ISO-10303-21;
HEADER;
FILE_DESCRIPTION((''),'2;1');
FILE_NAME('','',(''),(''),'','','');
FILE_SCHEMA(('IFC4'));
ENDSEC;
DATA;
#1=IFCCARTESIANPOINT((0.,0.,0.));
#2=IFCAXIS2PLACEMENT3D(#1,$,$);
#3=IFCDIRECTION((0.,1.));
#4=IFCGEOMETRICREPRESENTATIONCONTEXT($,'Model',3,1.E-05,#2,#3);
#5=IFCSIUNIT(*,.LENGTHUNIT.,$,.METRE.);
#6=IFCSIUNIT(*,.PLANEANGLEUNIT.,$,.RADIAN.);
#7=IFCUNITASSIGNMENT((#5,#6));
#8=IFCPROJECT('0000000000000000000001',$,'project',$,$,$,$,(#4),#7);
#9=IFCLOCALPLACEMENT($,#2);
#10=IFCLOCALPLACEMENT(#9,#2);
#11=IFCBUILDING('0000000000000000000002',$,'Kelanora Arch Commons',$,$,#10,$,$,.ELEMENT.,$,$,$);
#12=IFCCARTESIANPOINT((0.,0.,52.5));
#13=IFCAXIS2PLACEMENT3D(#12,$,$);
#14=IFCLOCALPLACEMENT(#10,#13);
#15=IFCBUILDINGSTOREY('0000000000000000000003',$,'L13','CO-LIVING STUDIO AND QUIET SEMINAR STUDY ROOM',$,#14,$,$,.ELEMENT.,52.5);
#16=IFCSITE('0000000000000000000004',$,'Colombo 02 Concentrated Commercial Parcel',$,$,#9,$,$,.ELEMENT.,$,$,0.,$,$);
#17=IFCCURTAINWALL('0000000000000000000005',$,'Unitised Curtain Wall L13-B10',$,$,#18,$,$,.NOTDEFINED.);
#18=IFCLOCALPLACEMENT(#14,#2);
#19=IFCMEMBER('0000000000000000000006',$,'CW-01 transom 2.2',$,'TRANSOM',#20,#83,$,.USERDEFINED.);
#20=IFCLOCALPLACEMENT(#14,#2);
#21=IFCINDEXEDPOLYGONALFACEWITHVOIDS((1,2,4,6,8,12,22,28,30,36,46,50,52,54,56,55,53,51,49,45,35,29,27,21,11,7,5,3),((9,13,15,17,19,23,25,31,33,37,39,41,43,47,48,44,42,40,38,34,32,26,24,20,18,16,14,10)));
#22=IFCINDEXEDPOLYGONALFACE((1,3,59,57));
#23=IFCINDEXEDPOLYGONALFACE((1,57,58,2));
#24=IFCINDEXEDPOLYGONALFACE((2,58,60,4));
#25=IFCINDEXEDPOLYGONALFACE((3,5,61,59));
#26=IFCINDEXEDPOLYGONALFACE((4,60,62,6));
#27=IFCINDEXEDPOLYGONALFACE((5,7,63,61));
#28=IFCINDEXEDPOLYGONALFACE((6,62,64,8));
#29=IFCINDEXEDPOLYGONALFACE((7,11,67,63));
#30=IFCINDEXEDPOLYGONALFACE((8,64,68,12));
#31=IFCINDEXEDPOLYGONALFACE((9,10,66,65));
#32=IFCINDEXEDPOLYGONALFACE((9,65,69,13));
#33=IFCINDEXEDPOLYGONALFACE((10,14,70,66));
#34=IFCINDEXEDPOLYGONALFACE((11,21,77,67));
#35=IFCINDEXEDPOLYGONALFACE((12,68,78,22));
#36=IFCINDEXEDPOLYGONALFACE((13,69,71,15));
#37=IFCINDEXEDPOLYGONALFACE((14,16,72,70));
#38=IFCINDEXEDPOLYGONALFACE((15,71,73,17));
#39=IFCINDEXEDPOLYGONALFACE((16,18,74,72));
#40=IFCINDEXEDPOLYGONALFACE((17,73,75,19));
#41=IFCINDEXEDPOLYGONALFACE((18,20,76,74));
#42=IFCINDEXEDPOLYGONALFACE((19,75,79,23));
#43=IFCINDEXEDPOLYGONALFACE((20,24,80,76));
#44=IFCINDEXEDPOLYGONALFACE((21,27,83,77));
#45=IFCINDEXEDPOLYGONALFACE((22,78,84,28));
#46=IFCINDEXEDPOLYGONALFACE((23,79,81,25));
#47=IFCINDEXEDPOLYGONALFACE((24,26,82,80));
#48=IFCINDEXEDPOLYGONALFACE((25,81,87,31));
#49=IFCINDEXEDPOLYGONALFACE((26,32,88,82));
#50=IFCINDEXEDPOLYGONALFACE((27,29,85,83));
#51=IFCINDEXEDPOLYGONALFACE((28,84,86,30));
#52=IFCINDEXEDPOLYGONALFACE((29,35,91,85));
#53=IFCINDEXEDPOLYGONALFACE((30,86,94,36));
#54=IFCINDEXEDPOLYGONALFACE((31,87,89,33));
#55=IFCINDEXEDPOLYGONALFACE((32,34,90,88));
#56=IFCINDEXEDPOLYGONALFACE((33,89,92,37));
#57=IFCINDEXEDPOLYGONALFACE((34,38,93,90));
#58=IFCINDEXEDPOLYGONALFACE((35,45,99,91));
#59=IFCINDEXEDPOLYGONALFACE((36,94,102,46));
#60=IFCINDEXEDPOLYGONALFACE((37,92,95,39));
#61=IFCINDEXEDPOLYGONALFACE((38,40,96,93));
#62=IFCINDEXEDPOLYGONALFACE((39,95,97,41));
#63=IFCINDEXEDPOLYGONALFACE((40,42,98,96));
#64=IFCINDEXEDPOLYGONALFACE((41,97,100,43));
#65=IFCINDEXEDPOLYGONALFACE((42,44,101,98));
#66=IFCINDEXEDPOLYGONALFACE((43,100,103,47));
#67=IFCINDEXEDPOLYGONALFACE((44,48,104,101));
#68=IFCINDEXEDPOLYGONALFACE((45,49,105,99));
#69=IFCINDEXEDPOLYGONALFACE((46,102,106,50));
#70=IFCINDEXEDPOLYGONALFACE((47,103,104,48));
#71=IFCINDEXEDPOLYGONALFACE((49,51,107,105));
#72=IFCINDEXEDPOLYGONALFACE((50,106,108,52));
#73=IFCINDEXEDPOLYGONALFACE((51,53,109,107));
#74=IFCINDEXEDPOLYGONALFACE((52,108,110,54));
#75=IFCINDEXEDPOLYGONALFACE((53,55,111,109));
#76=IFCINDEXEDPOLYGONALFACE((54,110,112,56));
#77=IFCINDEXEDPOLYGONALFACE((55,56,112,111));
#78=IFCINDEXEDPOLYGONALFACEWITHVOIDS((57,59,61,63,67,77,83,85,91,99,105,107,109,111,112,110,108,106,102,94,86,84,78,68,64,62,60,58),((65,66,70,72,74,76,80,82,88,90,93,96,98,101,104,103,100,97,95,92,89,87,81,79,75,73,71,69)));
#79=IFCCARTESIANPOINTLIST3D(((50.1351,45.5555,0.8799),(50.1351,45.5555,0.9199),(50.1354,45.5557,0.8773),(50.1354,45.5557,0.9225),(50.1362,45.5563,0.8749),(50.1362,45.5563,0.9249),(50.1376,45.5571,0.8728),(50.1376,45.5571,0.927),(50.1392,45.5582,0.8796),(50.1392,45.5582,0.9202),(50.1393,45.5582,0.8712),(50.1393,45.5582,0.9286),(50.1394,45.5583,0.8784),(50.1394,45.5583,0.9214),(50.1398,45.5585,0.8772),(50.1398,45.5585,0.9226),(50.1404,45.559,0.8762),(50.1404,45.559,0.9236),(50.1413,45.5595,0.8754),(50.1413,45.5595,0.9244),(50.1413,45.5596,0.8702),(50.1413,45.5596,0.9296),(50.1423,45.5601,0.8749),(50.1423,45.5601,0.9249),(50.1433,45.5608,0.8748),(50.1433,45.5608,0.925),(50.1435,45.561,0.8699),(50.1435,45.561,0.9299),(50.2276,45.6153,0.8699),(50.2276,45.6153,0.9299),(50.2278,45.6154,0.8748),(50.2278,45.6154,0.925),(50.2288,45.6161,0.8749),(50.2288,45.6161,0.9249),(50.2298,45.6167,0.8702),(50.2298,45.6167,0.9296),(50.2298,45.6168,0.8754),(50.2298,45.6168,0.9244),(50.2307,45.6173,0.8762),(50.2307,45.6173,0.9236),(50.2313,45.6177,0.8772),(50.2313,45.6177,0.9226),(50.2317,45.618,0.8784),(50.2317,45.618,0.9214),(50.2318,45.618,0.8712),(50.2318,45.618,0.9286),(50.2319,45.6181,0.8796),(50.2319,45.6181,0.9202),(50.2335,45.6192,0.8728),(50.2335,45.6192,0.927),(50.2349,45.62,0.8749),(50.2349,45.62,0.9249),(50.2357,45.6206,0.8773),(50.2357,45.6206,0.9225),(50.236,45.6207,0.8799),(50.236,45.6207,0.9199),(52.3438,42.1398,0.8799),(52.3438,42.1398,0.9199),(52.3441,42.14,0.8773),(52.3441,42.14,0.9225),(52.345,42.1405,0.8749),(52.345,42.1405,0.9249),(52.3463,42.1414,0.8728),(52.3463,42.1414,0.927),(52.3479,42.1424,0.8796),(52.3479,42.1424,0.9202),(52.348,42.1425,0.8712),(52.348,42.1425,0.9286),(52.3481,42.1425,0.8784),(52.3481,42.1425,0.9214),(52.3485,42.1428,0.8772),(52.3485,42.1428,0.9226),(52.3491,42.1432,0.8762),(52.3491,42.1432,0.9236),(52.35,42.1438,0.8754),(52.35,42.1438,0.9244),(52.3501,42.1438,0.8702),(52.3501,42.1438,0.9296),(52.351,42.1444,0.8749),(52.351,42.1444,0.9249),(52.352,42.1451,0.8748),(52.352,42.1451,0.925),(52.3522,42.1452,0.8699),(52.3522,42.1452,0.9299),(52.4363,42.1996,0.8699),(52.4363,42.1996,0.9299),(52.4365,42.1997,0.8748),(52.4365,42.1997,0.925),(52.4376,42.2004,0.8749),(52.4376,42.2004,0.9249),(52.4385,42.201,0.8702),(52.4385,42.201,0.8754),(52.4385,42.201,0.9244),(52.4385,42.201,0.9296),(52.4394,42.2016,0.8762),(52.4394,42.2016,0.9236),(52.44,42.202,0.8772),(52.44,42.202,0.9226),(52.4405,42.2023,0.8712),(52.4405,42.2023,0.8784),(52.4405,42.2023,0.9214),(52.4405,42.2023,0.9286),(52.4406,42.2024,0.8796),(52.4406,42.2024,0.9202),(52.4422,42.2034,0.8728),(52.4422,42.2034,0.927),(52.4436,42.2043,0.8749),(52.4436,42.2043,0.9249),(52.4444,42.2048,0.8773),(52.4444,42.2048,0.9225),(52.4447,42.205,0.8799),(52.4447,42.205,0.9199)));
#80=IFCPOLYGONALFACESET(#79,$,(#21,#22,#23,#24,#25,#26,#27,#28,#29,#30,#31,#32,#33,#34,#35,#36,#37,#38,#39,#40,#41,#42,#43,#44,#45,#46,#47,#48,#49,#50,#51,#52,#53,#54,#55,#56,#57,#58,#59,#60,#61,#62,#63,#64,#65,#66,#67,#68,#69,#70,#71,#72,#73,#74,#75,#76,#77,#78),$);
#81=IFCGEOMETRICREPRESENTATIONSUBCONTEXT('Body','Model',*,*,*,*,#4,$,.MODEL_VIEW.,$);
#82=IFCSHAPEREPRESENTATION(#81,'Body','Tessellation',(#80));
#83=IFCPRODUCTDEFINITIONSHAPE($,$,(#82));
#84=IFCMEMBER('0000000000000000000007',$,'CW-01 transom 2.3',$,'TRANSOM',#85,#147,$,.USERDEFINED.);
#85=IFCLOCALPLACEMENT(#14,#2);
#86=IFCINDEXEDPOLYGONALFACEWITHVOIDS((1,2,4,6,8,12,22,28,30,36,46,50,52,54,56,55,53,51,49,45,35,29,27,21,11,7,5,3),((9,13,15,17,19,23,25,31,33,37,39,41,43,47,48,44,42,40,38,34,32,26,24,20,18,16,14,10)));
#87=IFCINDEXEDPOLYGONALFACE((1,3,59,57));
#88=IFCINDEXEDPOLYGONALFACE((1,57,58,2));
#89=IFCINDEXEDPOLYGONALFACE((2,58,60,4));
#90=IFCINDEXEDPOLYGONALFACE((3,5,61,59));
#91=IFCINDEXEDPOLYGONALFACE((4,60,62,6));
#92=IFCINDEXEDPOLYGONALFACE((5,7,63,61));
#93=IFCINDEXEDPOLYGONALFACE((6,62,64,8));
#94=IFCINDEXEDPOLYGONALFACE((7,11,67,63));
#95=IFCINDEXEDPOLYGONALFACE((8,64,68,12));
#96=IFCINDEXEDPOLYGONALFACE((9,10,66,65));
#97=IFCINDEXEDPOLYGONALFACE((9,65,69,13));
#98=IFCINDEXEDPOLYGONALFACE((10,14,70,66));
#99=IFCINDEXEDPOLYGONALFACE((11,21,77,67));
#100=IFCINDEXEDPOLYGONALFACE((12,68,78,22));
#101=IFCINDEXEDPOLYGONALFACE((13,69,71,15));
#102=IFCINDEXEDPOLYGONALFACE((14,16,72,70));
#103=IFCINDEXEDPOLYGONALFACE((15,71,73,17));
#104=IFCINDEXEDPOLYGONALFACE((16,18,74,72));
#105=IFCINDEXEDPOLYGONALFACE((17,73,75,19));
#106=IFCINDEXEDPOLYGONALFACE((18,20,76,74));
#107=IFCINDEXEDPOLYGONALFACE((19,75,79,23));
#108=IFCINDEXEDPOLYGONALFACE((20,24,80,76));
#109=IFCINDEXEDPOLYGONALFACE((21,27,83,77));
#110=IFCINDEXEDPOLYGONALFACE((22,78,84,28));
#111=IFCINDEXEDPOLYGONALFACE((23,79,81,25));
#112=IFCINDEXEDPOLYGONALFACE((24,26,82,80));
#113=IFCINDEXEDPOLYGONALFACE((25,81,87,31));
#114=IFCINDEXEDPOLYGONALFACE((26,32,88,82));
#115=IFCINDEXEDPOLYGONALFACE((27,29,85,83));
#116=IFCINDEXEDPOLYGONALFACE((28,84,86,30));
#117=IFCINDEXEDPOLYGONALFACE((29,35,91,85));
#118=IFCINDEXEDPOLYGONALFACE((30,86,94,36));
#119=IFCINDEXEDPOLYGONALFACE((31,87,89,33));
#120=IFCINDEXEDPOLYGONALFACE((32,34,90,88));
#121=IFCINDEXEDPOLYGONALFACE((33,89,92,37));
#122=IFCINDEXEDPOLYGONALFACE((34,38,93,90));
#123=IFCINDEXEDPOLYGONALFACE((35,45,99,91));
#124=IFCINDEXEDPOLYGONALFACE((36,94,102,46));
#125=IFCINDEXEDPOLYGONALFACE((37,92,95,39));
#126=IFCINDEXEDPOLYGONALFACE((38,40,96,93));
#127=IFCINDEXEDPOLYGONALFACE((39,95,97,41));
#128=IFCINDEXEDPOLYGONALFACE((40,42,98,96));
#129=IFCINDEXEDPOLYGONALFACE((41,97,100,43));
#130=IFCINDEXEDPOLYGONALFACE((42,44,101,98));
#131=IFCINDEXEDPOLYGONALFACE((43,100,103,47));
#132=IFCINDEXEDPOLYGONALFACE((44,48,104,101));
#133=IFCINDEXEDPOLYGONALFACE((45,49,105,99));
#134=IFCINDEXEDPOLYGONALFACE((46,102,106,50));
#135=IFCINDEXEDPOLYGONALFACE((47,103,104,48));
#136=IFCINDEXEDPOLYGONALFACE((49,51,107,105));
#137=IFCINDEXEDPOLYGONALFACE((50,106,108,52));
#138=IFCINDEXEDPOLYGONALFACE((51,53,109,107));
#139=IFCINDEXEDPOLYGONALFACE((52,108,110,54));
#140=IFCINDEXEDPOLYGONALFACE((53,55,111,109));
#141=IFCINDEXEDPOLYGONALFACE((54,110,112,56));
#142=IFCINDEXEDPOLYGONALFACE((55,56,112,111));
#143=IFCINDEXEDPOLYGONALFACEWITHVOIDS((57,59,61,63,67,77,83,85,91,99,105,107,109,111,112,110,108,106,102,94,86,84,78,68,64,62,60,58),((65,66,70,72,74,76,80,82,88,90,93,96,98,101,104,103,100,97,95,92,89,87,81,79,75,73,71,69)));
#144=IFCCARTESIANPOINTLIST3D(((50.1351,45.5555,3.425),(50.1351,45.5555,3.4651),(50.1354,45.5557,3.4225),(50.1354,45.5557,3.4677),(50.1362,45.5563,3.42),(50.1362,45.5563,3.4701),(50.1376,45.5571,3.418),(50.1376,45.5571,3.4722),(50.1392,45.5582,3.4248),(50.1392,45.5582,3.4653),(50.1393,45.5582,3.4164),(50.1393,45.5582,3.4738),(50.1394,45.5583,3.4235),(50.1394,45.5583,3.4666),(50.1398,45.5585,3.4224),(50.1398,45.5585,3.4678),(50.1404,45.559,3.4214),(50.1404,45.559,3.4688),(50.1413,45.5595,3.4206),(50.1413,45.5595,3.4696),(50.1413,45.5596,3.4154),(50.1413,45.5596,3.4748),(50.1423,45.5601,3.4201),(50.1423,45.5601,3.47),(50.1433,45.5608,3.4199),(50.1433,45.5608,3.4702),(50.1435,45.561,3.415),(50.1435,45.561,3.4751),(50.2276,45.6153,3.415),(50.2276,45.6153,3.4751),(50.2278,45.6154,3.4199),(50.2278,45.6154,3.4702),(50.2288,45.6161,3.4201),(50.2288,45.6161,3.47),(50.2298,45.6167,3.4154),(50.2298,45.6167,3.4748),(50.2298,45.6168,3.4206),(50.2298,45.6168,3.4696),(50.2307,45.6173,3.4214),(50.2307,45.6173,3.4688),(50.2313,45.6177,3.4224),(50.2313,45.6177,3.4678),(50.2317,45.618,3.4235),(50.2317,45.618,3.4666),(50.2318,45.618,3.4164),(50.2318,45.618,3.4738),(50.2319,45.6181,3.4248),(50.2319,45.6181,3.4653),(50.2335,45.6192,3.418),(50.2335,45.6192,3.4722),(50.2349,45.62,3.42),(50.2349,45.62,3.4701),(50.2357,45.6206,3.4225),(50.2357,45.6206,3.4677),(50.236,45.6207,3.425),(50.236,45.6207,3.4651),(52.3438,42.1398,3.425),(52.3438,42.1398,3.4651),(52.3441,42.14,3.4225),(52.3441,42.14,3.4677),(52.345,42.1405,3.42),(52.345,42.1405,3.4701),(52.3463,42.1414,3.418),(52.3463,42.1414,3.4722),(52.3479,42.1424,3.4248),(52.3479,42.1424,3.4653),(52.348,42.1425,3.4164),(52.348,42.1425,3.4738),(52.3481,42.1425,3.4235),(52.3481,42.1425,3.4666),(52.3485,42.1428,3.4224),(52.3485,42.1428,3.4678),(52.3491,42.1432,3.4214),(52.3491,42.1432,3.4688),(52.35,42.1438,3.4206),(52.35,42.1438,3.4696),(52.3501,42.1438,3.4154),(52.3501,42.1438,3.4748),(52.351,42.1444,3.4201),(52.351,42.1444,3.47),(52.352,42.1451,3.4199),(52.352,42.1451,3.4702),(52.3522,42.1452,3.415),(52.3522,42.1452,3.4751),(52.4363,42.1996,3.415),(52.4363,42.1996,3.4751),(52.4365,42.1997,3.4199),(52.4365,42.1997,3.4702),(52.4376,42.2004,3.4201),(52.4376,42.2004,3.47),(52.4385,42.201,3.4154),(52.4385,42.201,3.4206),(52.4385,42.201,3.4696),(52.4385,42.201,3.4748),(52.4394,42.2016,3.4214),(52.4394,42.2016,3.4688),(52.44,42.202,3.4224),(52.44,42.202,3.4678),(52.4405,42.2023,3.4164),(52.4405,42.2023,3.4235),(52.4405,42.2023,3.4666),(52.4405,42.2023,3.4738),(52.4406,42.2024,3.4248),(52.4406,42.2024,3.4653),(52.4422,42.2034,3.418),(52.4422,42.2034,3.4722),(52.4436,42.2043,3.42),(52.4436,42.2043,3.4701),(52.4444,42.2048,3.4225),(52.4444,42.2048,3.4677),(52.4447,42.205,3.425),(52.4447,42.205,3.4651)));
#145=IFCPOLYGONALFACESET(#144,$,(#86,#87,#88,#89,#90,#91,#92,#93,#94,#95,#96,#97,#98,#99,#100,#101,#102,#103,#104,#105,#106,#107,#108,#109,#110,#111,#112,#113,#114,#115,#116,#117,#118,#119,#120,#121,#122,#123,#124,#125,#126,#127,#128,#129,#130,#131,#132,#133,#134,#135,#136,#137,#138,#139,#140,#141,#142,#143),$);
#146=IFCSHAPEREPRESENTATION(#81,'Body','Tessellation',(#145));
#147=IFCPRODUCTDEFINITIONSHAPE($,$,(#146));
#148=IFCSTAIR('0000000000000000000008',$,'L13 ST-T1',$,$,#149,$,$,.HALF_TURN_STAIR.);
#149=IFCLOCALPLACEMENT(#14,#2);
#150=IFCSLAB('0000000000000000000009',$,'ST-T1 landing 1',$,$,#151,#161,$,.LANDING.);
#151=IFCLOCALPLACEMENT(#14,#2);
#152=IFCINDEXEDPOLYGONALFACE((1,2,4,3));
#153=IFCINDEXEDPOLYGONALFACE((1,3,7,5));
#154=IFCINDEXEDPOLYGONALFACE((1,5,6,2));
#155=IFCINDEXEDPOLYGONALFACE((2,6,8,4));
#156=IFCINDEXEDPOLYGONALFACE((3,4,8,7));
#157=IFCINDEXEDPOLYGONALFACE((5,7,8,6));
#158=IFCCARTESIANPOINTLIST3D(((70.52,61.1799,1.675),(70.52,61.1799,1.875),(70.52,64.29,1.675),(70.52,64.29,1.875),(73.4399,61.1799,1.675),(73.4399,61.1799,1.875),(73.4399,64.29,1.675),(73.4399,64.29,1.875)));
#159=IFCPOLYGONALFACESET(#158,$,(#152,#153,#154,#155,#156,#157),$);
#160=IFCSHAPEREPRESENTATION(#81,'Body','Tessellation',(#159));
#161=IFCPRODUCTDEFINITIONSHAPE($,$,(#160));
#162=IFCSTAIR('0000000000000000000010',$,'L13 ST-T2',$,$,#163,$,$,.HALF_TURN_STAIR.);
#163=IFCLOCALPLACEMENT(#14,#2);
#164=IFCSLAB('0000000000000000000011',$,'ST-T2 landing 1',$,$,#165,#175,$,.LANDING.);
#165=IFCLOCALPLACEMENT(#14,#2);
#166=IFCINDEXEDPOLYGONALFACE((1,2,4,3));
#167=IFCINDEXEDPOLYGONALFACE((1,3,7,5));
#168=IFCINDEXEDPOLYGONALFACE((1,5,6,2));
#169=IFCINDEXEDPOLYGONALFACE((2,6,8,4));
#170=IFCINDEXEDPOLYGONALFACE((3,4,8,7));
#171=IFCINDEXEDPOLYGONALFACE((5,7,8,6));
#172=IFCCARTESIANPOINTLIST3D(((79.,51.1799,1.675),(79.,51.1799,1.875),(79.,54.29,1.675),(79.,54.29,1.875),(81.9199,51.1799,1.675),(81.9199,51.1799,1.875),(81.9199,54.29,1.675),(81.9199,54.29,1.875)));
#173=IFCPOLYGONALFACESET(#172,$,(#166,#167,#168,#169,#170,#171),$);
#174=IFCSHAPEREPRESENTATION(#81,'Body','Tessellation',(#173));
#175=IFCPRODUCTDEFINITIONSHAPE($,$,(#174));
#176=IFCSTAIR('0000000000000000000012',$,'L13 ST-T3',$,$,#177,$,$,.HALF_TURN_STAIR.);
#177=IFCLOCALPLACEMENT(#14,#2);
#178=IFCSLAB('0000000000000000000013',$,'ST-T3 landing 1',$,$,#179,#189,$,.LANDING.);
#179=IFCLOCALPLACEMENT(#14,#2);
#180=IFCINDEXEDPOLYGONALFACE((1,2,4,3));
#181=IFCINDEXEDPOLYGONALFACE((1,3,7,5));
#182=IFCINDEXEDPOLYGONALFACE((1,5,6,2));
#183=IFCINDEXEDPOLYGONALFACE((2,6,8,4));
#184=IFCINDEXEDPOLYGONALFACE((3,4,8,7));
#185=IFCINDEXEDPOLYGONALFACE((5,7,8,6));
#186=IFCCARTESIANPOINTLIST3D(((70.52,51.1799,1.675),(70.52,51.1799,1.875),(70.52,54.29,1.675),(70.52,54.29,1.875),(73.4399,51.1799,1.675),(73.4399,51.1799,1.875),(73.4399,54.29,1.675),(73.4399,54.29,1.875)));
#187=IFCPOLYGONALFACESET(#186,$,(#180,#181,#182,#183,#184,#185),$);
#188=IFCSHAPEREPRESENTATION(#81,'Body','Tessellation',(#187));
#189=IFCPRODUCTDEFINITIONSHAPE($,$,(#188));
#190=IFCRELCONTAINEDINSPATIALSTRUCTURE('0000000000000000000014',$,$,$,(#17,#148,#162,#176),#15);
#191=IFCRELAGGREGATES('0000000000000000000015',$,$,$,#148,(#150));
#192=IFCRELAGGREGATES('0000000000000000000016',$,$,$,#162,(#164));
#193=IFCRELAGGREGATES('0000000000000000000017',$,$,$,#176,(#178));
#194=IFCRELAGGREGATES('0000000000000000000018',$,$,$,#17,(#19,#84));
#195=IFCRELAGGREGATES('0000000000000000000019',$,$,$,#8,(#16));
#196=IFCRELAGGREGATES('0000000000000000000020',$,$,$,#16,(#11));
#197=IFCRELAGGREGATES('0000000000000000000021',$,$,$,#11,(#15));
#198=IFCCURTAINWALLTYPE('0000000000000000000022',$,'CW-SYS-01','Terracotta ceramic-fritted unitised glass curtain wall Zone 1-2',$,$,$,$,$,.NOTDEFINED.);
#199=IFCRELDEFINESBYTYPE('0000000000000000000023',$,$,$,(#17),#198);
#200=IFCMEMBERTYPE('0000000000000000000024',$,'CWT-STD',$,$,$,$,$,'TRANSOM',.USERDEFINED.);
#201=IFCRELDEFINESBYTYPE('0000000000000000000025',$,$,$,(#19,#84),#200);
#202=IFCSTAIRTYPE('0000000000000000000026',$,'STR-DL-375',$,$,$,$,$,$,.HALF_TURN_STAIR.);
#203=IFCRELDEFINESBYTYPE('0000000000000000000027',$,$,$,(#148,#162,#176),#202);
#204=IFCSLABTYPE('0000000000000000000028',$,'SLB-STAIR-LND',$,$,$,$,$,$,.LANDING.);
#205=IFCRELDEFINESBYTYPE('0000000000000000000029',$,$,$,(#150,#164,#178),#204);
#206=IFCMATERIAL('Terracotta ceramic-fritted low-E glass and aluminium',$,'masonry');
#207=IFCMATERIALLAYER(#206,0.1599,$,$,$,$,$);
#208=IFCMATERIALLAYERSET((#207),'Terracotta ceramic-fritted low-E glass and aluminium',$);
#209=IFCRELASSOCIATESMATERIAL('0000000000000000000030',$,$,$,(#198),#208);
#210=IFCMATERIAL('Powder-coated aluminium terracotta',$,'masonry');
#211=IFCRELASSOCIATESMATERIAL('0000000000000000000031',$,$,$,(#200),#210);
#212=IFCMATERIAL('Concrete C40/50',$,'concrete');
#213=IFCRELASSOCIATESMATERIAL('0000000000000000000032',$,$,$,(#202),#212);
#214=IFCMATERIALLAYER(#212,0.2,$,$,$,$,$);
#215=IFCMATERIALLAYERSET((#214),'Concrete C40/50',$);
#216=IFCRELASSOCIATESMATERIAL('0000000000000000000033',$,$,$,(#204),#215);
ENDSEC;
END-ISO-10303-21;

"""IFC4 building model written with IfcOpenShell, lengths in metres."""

from ifc_helpers import new_model, si_unit, direction, frame, origin, origin_2d, place, context, subcontext, project, spatial, polyline, hollow_rectangle, outline, extrude, material, layer, layer_set, material_profile, profile_set, type_object, element, aggregate, save


model = new_model("IFC4")

# Units and contexts
model_context = context("Model", 3, precision=1e-05, world=origin(), true_north=direction((0.0, 1.0)))
body_context = subcontext(model_context, "Body", "Model", "MODEL_VIEW")
ifc_project = project(units=[si_unit("LENGTHUNIT", "METRE"), si_unit("PLANEANGLEUNIT", "RADIAN")], contexts=[model_context])

# Site, building, storey
site_placement = place(None, origin())
site = spatial("IfcSite", under=ifc_project, at=site_placement, Name="Colombo 02 Concentrated Commercial Parcel", CompositionType="ELEMENT", RefElevation=0.0)
building_placement = place(site_placement, origin())
building = spatial("IfcBuilding", under=site, at=building_placement, Name="Kelanora Arch Commons", CompositionType="ELEMENT")
storey_placement = place(building_placement, frame((0.0, 0.0, 52.5)))
storey = spatial("IfcBuildingStorey", under=building, at=storey_placement, Name="L13", Description="CO-LIVING STUDIO AND QUIET SEMINAR STUDY ROOM", CompositionType="ELEMENT", Elevation=52.5)

# Shared definitions
ifc_material_1 = material(Name="Terracotta ceramic-fritted low-E glass and aluminium", Category="masonry")
ifc_layer_1 = layer(ifc_material_1, 0.1599)
ifc_layer_set_1 = layer_set([ifc_layer_1], Name="Terracotta ceramic-fritted low-E glass and aluminium")
curtain_wall_type = type_object("IfcCurtainWallType", Name="CW-SYS-01", Description="Terracotta ceramic-fritted unitised glass curtain wall Zone 1-2", PredefinedType="NOTDEFINED", material=ifc_layer_set_1)
ifc_material_2 = material(Name="Powder-coated aluminium terracotta", Category="masonry")

# Curtain wall, members
curtain_wall_1_placement = place(storey_placement, origin())
curtain_wall_1 = element("IfcCurtainWall", 1, at=curtain_wall_1_placement, inside=storey, type_object=curtain_wall_type, Name="Unitised Curtain Wall L13-B10", PredefinedType="NOTDEFINED")
ifc_material_profile_1 = material_profile(ifc_material_2, hollow_rectangle(XDim=0.1201, YDim=0.0601, WallThickness=0.0049, InnerFilletRadius=0.0049, OuterFilletRadius=0.01, at=origin_2d()), Name="CWT120x60")
ifc_profile_set_1 = profile_set([ifc_material_profile_1], Name="Powder-coated aluminium terracotta")
member_type_1 = type_object("IfcMemberType", Name="CWT-STD", ElementType="TRANSOM", PredefinedType="USERDEFINED", material=ifc_profile_set_1)
member_1_placement = place(storey_placement, frame((50.1855, 45.5881, 0.8999), z_axis=(0.542997, -0.839734, 0.0), x_axis=(0.839734, 0.542997, 0.0)))
member_1 = element("IfcMember", 2, at=member_1_placement, type_object=member_type_1, Name="CW-01 transom 2.2", ObjectType="TRANSOM", PredefinedType="USERDEFINED", context=body_context, shape_type="SweptSolid", body=[
    extrude(hollow_rectangle(XDim=0.1201, YDim=0.0601, WallThickness=0.0049, InnerFilletRadius=0.0049, OuterFilletRadius=0.01, at=origin_2d()), origin(), (0.0, 0.0, 1.0), 4.0676),
])
member_2_placement = place(storey_placement, frame((50.1855, 45.5881, 3.4451), z_axis=(0.542997, -0.839734, 0.0), x_axis=(0.839734, 0.542997, 0.0)))
member_2 = element("IfcMember", 3, at=member_2_placement, type_object=member_type_1, Name="CW-01 transom 2.3", ObjectType="TRANSOM", PredefinedType="USERDEFINED", context=body_context, shape_type="SweptSolid", body=[
    extrude(hollow_rectangle(XDim=0.1201, YDim=0.0601, WallThickness=0.0049, InnerFilletRadius=0.0049, OuterFilletRadius=0.01, at=origin_2d()), origin(), (0.0, 0.0, 1.0), 4.0676),
])

# Stairs, slabs
ifc_material_3 = material(Name="Concrete C40/50", Category="concrete")
stair_type = type_object("IfcStairType", Name="STR-DL-375", PredefinedType="HALF_TURN_STAIR", material=ifc_material_3)
stair_1_placement = place(storey_placement, origin())
stair_1 = element("IfcStair", 4, at=stair_1_placement, inside=storey, type_object=stair_type, Name="L13 ST-T1", PredefinedType="HALF_TURN_STAIR")
ifc_layer_2 = layer(ifc_material_3, 0.2)
ifc_layer_set_2 = layer_set([ifc_layer_2], Name="Concrete C40/50")
slab_type_1 = type_object("IfcSlabType", Name="SLB-STAIR-LND", PredefinedType="LANDING", material=ifc_layer_set_2)
slab_1_placement = place(storey_placement, frame((0.0, 0.0, 1.675)))
slab_1 = element("IfcSlab", 5, at=slab_1_placement, type_object=slab_type_1, Name="ST-T1 landing 1", PredefinedType="LANDING", context=body_context, shape_type="SweptSolid", body=[
    extrude(outline(polyline([(70.52, 61.1799), (73.4399, 61.1799), (73.4399, 64.29), (70.52, 64.29), (70.52, 61.1799)])), origin(), (0.0, 0.0, 1.0), 0.2),
])
aggregate(stair_1, [slab_1])
stair_2_placement = place(storey_placement, origin())
stair_2 = element("IfcStair", 6, at=stair_2_placement, inside=storey, type_object=stair_type, Name="L13 ST-T2", PredefinedType="HALF_TURN_STAIR")
slab_2_placement = place(storey_placement, frame((0.0, 0.0, 1.675)))
slab_2 = element("IfcSlab", 7, at=slab_2_placement, type_object=slab_type_1, Name="ST-T2 landing 1", PredefinedType="LANDING", context=body_context, shape_type="SweptSolid", body=[
    extrude(outline(polyline([(79.0, 51.1799), (81.9199, 51.1799), (81.9199, 54.29), (79.0, 54.29), (79.0, 51.1799)])), origin(), (0.0, 0.0, 1.0), 0.2),
])
aggregate(stair_2, [slab_2])
stair_3_placement = place(storey_placement, origin())
stair_3 = element("IfcStair", 8, at=stair_3_placement, inside=storey, type_object=stair_type, Name="L13 ST-T3", PredefinedType="HALF_TURN_STAIR")
slab_3_placement = place(storey_placement, frame((0.0, 0.0, 1.675)))
slab_3 = element("IfcSlab", 9, at=slab_3_placement, type_object=slab_type_1, Name="ST-T3 landing 1", PredefinedType="LANDING", context=body_context, shape_type="SweptSolid", body=[
    extrude(outline(polyline([(70.52, 51.1799), (73.4399, 51.1799), (73.4399, 54.29), (70.52, 54.29), (70.52, 51.1799)])), origin(), (0.0, 0.0, 1.0), 0.2),
])
aggregate(stair_3, [slab_3])

aggregate(curtain_wall_1, [member_1, member_2])

save(model, "model.ifc")
